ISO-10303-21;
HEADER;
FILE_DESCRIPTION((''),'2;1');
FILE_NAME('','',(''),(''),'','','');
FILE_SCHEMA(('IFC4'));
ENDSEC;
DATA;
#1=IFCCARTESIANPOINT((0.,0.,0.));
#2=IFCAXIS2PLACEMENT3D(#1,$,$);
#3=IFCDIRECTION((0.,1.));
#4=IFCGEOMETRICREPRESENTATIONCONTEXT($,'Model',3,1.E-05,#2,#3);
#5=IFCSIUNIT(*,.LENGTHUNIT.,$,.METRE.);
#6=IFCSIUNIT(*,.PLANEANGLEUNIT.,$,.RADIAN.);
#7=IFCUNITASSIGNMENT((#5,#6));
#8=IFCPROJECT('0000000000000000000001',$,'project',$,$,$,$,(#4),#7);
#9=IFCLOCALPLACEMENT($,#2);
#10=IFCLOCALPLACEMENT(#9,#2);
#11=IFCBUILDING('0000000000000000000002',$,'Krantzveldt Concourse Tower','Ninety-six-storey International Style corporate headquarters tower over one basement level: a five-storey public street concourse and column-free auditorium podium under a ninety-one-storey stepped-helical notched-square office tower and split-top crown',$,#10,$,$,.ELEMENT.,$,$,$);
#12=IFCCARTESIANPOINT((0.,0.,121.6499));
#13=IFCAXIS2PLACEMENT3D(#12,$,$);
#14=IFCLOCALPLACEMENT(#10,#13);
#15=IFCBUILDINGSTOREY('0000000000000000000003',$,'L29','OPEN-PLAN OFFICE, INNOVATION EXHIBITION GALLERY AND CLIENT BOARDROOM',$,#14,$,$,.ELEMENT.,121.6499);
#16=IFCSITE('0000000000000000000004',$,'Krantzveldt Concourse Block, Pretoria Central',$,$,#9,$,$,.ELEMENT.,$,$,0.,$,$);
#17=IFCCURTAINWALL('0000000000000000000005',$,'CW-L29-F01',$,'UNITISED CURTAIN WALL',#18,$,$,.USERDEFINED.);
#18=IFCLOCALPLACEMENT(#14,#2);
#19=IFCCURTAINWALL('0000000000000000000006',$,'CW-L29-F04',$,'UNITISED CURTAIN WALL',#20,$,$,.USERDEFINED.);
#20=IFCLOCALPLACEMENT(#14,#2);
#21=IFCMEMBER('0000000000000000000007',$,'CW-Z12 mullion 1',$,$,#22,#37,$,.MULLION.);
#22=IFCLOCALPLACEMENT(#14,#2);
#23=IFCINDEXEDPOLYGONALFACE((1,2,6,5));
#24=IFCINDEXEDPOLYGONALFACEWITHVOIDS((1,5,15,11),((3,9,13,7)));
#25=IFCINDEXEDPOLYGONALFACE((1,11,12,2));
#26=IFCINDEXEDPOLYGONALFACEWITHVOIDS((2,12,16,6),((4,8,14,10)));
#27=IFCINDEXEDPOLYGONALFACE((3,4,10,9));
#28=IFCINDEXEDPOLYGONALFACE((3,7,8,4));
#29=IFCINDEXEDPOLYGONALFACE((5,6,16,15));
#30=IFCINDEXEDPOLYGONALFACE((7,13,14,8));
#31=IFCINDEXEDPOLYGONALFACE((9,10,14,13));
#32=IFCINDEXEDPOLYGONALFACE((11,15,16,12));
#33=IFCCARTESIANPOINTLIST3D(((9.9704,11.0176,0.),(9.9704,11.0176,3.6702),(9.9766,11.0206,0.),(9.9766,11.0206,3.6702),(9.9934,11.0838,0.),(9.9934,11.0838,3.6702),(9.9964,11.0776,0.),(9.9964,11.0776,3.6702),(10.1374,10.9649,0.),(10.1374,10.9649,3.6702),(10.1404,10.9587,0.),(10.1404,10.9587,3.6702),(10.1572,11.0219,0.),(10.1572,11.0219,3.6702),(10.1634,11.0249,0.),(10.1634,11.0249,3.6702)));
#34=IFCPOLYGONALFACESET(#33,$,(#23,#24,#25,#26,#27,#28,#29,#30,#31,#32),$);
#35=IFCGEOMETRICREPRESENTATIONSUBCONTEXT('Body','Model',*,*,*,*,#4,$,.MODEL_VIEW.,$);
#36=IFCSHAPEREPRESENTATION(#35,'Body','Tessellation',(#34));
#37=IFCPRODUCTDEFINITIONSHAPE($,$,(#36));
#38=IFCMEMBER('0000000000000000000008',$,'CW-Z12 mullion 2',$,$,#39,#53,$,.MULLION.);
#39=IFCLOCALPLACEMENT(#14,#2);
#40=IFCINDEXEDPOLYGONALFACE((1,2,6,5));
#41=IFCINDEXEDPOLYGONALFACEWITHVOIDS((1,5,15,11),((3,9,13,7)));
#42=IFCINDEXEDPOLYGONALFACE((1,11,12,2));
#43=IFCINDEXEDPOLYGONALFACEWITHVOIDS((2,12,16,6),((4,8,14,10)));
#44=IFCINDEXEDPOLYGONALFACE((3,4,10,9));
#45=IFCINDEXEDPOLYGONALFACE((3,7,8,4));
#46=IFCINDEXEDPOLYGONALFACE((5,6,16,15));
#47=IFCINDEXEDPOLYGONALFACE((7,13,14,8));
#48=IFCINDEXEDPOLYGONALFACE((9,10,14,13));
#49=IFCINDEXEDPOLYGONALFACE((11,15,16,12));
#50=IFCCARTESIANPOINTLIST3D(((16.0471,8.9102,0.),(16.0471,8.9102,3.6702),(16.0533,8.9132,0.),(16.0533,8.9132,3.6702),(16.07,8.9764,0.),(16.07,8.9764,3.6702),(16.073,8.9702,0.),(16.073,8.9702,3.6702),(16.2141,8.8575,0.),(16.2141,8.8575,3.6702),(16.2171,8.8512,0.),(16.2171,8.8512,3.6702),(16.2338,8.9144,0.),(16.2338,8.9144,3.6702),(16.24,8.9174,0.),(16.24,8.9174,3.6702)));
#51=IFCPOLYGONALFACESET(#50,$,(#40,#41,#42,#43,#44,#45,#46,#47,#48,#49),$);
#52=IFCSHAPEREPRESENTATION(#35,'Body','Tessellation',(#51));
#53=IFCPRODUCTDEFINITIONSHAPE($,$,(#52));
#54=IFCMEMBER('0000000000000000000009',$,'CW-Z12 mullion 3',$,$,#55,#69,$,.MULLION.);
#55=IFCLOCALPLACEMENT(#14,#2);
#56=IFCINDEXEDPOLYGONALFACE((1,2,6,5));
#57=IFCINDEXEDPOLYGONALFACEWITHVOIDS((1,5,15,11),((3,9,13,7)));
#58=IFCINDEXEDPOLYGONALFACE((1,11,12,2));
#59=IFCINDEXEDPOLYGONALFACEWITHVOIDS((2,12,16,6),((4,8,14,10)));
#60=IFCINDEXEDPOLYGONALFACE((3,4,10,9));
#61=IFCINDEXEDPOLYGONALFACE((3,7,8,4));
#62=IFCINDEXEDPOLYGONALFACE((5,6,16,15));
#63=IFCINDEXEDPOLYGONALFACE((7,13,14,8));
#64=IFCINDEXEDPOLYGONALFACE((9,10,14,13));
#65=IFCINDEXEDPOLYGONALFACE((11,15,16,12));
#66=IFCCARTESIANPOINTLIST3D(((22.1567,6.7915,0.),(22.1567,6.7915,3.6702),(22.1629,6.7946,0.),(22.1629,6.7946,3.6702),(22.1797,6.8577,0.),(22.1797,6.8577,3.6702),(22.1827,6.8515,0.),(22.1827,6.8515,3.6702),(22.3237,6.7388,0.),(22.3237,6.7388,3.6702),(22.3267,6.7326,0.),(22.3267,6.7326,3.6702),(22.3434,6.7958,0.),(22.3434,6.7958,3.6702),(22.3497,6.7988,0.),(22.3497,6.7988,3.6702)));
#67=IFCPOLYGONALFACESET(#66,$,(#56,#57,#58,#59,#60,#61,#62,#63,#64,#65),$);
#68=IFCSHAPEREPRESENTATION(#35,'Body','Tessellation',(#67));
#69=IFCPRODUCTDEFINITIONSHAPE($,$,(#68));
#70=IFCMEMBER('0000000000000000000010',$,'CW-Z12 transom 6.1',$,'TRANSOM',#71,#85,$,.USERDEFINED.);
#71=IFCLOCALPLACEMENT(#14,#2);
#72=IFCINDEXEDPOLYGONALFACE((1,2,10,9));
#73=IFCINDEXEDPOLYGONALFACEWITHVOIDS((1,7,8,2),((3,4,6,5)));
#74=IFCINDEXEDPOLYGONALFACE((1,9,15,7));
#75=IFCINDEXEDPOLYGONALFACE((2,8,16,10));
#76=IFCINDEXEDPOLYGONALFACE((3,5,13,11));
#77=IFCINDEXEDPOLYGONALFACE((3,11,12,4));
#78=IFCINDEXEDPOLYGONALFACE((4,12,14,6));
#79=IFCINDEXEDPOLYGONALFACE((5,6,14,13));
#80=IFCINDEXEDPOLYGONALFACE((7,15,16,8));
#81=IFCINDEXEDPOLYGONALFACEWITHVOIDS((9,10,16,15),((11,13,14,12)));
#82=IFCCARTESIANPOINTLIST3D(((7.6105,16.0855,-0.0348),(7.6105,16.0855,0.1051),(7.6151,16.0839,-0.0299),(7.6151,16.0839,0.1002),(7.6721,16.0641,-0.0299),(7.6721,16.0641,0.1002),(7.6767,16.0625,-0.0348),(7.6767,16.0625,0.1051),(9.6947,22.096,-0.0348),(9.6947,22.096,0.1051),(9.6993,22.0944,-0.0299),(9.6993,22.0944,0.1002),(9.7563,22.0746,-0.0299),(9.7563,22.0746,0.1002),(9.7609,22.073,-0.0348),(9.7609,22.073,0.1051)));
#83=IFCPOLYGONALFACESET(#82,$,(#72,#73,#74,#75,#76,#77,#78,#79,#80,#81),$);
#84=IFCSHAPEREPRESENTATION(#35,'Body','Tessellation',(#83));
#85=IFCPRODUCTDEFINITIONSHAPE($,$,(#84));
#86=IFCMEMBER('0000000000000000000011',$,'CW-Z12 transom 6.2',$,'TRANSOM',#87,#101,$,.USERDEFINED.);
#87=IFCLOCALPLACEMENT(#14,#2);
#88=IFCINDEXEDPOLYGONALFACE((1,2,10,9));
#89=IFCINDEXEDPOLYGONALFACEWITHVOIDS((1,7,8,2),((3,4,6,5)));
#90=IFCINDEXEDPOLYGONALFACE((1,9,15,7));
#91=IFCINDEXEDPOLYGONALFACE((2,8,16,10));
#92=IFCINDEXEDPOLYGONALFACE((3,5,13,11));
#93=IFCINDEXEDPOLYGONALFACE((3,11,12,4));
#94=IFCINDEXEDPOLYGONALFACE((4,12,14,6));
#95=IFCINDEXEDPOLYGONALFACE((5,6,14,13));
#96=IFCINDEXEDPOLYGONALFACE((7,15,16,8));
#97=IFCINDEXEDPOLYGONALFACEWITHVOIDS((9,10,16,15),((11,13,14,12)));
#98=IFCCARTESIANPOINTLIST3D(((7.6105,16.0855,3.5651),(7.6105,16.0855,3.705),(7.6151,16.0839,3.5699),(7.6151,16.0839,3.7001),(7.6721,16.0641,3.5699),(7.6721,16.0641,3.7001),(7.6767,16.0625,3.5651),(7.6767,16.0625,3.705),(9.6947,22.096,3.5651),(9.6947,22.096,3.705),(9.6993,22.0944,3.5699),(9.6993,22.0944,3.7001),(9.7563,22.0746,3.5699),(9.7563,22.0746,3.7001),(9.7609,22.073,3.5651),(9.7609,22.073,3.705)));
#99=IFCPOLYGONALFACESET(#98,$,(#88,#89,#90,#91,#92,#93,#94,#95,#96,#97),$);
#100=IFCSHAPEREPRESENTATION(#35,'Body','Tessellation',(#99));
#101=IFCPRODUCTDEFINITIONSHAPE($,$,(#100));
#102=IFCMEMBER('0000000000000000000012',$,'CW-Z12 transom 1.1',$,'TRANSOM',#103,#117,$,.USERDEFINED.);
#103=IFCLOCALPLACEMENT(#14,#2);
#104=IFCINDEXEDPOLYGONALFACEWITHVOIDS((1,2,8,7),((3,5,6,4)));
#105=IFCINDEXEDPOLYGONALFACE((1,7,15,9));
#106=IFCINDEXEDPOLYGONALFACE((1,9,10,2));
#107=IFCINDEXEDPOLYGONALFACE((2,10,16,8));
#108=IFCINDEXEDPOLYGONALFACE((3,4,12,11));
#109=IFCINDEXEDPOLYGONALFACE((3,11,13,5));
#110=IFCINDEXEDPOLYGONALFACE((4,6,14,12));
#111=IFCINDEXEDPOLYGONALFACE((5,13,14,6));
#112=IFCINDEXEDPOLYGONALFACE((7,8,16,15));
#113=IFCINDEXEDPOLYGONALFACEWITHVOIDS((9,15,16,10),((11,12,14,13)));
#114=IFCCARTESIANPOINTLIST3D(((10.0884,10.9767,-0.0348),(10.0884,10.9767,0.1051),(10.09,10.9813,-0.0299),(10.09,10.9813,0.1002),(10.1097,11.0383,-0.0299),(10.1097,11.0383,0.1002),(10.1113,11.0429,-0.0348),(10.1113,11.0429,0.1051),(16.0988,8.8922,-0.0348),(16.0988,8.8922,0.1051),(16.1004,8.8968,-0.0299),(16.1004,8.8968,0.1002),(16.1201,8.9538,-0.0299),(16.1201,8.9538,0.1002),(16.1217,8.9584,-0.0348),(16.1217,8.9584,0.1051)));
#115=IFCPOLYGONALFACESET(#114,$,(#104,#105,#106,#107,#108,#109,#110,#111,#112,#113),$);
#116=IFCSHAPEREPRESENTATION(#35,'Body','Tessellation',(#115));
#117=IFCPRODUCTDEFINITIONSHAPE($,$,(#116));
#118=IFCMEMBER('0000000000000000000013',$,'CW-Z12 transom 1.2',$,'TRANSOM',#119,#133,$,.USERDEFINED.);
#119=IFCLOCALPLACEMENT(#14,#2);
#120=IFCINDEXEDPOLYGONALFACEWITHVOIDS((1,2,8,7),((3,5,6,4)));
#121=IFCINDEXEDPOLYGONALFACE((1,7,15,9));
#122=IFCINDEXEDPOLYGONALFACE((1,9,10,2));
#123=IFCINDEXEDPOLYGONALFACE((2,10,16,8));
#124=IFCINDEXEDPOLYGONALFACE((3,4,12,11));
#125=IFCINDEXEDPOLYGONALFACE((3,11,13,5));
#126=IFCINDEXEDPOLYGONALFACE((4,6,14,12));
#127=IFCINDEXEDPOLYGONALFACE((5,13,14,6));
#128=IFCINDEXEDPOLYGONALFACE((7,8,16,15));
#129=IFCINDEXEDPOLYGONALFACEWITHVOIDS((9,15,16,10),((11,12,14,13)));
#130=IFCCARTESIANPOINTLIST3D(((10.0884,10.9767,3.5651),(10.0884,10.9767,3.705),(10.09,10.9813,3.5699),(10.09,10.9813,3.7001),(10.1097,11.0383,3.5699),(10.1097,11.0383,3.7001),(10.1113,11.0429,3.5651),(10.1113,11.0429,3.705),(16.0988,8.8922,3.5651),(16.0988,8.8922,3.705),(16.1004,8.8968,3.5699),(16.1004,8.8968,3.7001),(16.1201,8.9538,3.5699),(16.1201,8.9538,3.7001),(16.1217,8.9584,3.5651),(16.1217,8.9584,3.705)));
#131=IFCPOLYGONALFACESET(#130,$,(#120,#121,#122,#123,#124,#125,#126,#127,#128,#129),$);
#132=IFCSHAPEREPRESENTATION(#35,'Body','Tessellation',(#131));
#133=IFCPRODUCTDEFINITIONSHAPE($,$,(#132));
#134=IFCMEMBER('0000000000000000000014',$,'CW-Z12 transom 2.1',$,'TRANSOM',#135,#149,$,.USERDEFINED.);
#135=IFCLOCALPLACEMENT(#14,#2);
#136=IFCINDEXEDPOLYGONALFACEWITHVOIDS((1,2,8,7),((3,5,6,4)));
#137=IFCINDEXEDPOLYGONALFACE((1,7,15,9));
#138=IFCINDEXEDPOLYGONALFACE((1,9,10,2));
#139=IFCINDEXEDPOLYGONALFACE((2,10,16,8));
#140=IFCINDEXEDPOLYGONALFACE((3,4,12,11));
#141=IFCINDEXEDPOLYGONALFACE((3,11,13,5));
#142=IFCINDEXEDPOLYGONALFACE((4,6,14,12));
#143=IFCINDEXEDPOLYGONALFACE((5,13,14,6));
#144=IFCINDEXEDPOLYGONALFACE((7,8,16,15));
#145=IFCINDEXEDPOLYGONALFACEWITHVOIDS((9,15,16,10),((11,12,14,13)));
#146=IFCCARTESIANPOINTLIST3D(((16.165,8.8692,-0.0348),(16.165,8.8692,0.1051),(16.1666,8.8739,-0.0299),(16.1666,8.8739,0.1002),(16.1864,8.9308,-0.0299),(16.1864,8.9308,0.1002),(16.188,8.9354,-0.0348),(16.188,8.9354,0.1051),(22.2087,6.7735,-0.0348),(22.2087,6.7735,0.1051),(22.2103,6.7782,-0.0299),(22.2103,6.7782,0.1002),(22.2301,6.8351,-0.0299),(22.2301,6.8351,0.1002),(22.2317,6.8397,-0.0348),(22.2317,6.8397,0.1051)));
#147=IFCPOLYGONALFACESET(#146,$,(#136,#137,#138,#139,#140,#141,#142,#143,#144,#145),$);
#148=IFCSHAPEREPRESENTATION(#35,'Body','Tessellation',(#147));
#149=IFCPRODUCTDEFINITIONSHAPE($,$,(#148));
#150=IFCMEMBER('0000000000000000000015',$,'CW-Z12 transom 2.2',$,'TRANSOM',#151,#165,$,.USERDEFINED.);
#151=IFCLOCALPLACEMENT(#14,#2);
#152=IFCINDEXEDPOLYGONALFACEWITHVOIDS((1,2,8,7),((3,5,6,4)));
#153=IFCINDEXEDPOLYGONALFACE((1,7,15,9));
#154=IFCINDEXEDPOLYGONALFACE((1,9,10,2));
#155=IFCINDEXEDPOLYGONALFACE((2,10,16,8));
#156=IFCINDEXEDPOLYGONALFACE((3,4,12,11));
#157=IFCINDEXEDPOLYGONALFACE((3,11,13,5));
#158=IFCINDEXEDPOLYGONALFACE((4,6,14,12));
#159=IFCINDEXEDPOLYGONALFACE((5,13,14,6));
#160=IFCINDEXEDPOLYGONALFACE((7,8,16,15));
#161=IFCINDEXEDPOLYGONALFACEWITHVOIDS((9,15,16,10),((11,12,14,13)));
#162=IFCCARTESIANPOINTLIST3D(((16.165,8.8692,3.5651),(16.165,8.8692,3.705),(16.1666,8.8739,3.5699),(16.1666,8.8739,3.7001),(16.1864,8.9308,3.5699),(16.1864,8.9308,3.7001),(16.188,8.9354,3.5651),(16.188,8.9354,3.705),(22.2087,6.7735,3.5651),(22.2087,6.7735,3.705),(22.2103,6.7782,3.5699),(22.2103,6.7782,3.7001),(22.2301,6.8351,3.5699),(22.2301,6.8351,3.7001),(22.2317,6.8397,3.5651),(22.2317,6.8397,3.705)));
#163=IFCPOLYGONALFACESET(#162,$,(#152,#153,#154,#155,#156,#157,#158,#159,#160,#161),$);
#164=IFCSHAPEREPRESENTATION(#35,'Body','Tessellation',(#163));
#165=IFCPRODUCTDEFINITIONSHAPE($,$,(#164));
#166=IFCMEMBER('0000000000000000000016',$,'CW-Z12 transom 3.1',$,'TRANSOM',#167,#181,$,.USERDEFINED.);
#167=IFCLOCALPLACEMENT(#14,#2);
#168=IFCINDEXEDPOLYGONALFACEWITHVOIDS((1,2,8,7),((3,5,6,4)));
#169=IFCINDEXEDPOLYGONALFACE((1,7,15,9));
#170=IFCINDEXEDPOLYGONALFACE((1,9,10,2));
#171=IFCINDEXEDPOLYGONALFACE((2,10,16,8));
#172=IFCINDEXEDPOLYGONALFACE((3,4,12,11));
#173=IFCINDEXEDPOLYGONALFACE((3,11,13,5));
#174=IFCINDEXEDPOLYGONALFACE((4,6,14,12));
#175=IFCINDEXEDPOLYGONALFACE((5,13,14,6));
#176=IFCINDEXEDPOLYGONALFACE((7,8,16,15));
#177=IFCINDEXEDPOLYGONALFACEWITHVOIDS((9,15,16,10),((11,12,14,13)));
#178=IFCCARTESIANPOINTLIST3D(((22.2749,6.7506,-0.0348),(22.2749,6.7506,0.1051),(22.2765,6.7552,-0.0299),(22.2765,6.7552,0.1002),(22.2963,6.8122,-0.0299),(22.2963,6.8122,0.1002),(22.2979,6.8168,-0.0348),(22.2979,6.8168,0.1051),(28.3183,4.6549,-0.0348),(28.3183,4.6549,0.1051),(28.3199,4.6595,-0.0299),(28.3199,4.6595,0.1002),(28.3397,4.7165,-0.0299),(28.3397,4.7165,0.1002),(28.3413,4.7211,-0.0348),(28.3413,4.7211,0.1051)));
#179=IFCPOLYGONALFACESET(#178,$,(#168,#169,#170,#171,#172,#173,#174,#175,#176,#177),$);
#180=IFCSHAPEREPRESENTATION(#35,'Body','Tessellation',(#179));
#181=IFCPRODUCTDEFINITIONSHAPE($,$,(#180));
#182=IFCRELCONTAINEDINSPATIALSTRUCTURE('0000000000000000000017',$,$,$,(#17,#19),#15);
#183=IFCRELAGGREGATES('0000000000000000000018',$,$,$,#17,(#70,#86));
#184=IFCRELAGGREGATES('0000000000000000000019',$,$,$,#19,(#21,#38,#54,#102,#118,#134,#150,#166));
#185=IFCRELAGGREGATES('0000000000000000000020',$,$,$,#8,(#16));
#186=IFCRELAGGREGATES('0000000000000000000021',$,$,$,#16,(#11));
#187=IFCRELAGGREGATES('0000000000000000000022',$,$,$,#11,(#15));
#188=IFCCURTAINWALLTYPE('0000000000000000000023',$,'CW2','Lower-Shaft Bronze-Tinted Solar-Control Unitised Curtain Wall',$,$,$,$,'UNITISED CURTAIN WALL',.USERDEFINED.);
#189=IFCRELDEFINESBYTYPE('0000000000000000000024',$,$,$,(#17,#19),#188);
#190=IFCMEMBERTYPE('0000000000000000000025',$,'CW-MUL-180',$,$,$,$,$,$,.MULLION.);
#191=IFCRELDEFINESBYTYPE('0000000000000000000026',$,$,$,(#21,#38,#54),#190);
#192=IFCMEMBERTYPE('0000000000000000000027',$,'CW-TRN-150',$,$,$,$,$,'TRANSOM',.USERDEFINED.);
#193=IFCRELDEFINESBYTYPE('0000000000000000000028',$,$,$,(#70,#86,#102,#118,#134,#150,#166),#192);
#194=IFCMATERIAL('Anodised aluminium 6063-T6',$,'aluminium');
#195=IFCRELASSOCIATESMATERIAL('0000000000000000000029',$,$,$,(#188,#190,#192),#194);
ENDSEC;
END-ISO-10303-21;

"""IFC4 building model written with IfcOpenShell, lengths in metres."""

from ifc_helpers import new_model, si_unit, direction, frame, origin, origin_2d, place, context, subcontext, project, spatial, hollow_rectangle, extrude, source, transform, mapped, material, material_profile, profile_set, type_object, type_shapes, element, aggregate, save


model = new_model("IFC4")

# Units and contexts
model_context = context("Model", 3, precision=1e-05, world=origin(), true_north=direction((0.0, 1.0)))
body_context = subcontext(model_context, "Body", "Model", "MODEL_VIEW")
ifc_project = project(units=[si_unit("LENGTHUNIT", "METRE"), si_unit("PLANEANGLEUNIT", "RADIAN")], contexts=[model_context])

# Site, building, storey
site_placement = place(None, origin())
site = spatial("IfcSite", under=ifc_project, at=site_placement, Name="Krantzveldt Concourse Block, Pretoria Central", CompositionType="ELEMENT", RefElevation=0.0)
building_placement = place(site_placement, origin())
building = spatial("IfcBuilding", under=site, at=building_placement, Name="Krantzveldt Concourse Tower", Description="Ninety-six-storey International Style corporate headquarters tower over one basement level: a five-storey public street concourse and column-free auditorium podium under a ninety-one-storey stepped-helical notched-square office tower and split-top crown", CompositionType="ELEMENT")
storey_placement = place(building_placement, frame((0.0, 0.0, 121.6499)))
storey = spatial("IfcBuildingStorey", under=building, at=storey_placement, Name="L29", Description="OPEN-PLAN OFFICE, INNOVATION EXHIBITION GALLERY AND CLIENT BOARDROOM", CompositionType="ELEMENT", Elevation=121.6499)

# Curtain walls, members
ifc_material_1 = material(Name="Anodised aluminium 6063-T6", Category="aluminium")
curtain_wall_type = type_object("IfcCurtainWallType", Name="CW2", Description="Lower-Shaft Bronze-Tinted Solar-Control Unitised Curtain Wall", ElementType="UNITISED CURTAIN WALL", PredefinedType="USERDEFINED", material=ifc_material_1)
curtain_wall_1_placement = place(storey_placement, origin())
curtain_wall_1 = element("IfcCurtainWall", 1, at=curtain_wall_1_placement, inside=storey, type_object=curtain_wall_type, Name="CW-L29-F01", ObjectType="UNITISED CURTAIN WALL", PredefinedType="USERDEFINED")
ifc_material_profile_1 = material_profile(ifc_material_1, hollow_rectangle(XDim=0.0701, YDim=0.1799, WallThickness=0.0049, at=origin_2d()), Name="Anodised aluminium 6063-T6", Category="aluminium")
ifc_profile_set_1 = profile_set([ifc_material_profile_1], Name="Anodised aluminium 6063-T6 - ALU-MULL 180x70x5")
member_type_1 = type_object("IfcMemberType", Name="CW-MUL-180", PredefinedType="MULLION", material=ifc_profile_set_1)
shared_shape_1 = source(origin(), body_context, "Body", "SweptSolid", [
    extrude(hollow_rectangle(XDim=0.0701, YDim=0.1799, WallThickness=0.0049, at=origin_2d()), origin(), (0.0, 0.0, 1.0), 3.6702),
])
type_shapes(member_type_1, [shared_shape_1])
curtain_wall_2_placement = place(storey_placement, origin())
curtain_wall_2 = element("IfcCurtainWall", 2, at=curtain_wall_2_placement, inside=storey, type_object=curtain_wall_type, Name="CW-L29-F04", ObjectType="UNITISED CURTAIN WALL", PredefinedType="USERDEFINED")
member_1_placement = place(storey_placement, frame((10.0669, 11.0212, 0.0), z_axis=(0.0, 0.0, 1.0), x_axis=(0.32763, 0.944806, 0.0)))
member_1 = element("IfcMember", 3, at=member_1_placement, type_object=member_type_1, Name="CW-Z12 mullion 1", PredefinedType="MULLION", context=body_context, shape_type="MappedRepresentation", body=[
    mapped(shared_shape_1, transform((0.0, 0.0, 0.0), x_axis=(1.0, 0.0, 0.0), y_axis=(0.0, 1.0, 0.0), z_axis=(0.0, 0.0, 1.0), scale=1.0)),
])
member_2_placement = place(storey_placement, frame((16.1436, 8.9138, 0.0), z_axis=(0.0, 0.0, 1.0), x_axis=(0.32763, 0.944806, 0.0)))
member_2 = element("IfcMember", 4, at=member_2_placement, type_object=member_type_1, Name="CW-Z12 mullion 2", PredefinedType="MULLION", context=body_context, shape_type="MappedRepresentation", body=[
    mapped(shared_shape_1, transform((0.0, 0.0, 0.0), x_axis=(1.0, 0.0, 0.0), y_axis=(0.0, 1.0, 0.0), z_axis=(0.0, 0.0, 1.0), scale=1.0)),
])
member_3_placement = place(storey_placement, frame((22.2532, 6.7952, 0.0), z_axis=(0.0, 0.0, 1.0), x_axis=(0.32763, 0.944806, 0.0)))
member_3 = element("IfcMember", 5, at=member_3_placement, type_object=member_type_1, Name="CW-Z12 mullion 3", PredefinedType="MULLION", context=body_context, shape_type="MappedRepresentation", body=[
    mapped(shared_shape_1, transform((0.0, 0.0, 0.0), x_axis=(1.0, 0.0, 0.0), y_axis=(0.0, 1.0, 0.0), z_axis=(0.0, 0.0, 1.0), scale=1.0)),
])

# Members
ifc_material_profile_2 = material_profile(ifc_material_1, hollow_rectangle(XDim=0.0701, YDim=0.1399, WallThickness=0.0049, at=origin_2d()), Name="Anodised aluminium 6063-T6", Category="aluminium")
ifc_profile_set_2 = profile_set([ifc_material_profile_2], Name="Anodised aluminium 6063-T6 - ALU-TRAN 140x70x5")
member_type_2 = type_object("IfcMemberType", Name="CW-TRN-150", ElementType="TRANSOM", PredefinedType="USERDEFINED", material=ifc_profile_set_2)
shared_shape_2 = source(origin(), body_context, "Body", "SweptSolid", [
    extrude(hollow_rectangle(XDim=0.0701, YDim=0.1399, WallThickness=0.0049, at=origin_2d()), origin(), (0.0, 0.0, 1.0), 6.3616),
])
member_4_placement = place(storey_placement, frame((9.7278, 22.0845, 0.0352), z_axis=(-0.327626, -0.944808, 0.0), x_axis=(0.944808, -0.327626, 0.0)))
member_4 = element("IfcMember", 6, at=member_4_placement, type_object=member_type_2, Name="CW-Z12 transom 6.1", ObjectType="TRANSOM", PredefinedType="USERDEFINED", context=body_context, shape_type="MappedRepresentation", body=[
    mapped(shared_shape_2, transform((0.0, 0.0, 0.0), x_axis=(1.0, 0.0, 0.0), y_axis=(0.0, 1.0, 0.0), z_axis=(0.0, 0.0, 1.0), scale=1.0)),
])
member_5_placement = place(storey_placement, frame((9.7278, 22.0845, 3.635), z_axis=(-0.327626, -0.944808, 0.0), x_axis=(0.944808, -0.327626, 0.0)))
member_5 = element("IfcMember", 7, at=member_5_placement, type_object=member_type_2, Name="CW-Z12 transom 6.2", ObjectType="TRANSOM", PredefinedType="USERDEFINED", context=body_context, shape_type="MappedRepresentation", body=[
    mapped(shared_shape_2, transform((0.0, 0.0, 0.0), x_axis=(1.0, 0.0, 0.0), y_axis=(0.0, 1.0, 0.0), z_axis=(0.0, 0.0, 1.0), scale=1.0)),
])
member_6_placement = place(storey_placement, frame((10.0999, 11.0098, 0.0352), z_axis=(0.944796, -0.32766, 0.0), x_axis=(0.32766, 0.944796, 0.0)))
member_6 = element("IfcMember", 8, at=member_6_placement, type_object=member_type_2, Name="CW-Z12 transom 1.1", ObjectType="TRANSOM", PredefinedType="USERDEFINED", context=body_context, shape_type="MappedRepresentation", body=[
    mapped(shared_shape_2, transform((0.0, 0.0, 0.0), x_axis=(1.0, 0.0, 0.0), y_axis=(0.0, 1.0, 0.0), z_axis=(0.0, 0.0, 1.0), scale=1.0)),
])
member_7_placement = place(storey_placement, frame((10.0999, 11.0098, 3.635), z_axis=(0.944796, -0.32766, 0.0), x_axis=(0.32766, 0.944796, 0.0)))
member_7 = element("IfcMember", 9, at=member_7_placement, type_object=member_type_2, Name="CW-Z12 transom 1.2", ObjectType="TRANSOM", PredefinedType="USERDEFINED", context=body_context, shape_type="MappedRepresentation", body=[
    mapped(shared_shape_2, transform((0.0, 0.0, 0.0), x_axis=(1.0, 0.0, 0.0), y_axis=(0.0, 1.0, 0.0), z_axis=(0.0, 0.0, 1.0), scale=1.0)),
])
shared_shape_3 = source(origin(), body_context, "Body", "SweptSolid", [
    extrude(hollow_rectangle(XDim=0.0701, YDim=0.1399, WallThickness=0.0049, at=origin_2d()), origin(), (0.0, 0.0, 1.0), 6.3967),
])
member_8_placement = place(storey_placement, frame((16.1765, 8.9023, 0.0352), z_axis=(0.944809, -0.32762, 0.0), x_axis=(0.32762, 0.944809, 0.0)))
member_8 = element("IfcMember", 10, at=member_8_placement, type_object=member_type_2, Name="CW-Z12 transom 2.1", ObjectType="TRANSOM", PredefinedType="USERDEFINED", context=body_context, shape_type="MappedRepresentation", body=[
    mapped(shared_shape_3, transform((0.0, 0.0, 0.0), x_axis=(1.0, 0.0, 0.0), y_axis=(0.0, 1.0, 0.0), z_axis=(0.0, 0.0, 1.0), scale=1.0)),
])
member_9_placement = place(storey_placement, frame((16.1765, 8.9023, 3.635), z_axis=(0.944809, -0.32762, 0.0), x_axis=(0.32762, 0.944809, 0.0)))
member_9 = element("IfcMember", 11, at=member_9_placement, type_object=member_type_2, Name="CW-Z12 transom 2.2", ObjectType="TRANSOM", PredefinedType="USERDEFINED", context=body_context, shape_type="MappedRepresentation", body=[
    mapped(shared_shape_3, transform((0.0, 0.0, 0.0), x_axis=(1.0, 0.0, 0.0), y_axis=(0.0, 1.0, 0.0), z_axis=(0.0, 0.0, 1.0), scale=1.0)),
])
shared_shape_4 = source(origin(), body_context, "Body", "SweptSolid", [
    extrude(hollow_rectangle(XDim=0.0701, YDim=0.1399, WallThickness=0.0049, at=origin_2d()), origin(), (0.0, 0.0, 1.0), 6.3965),
])
type_shapes(member_type_2, [shared_shape_2, shared_shape_3, shared_shape_4])
member_10_placement = place(storey_placement, frame((22.2864, 6.7837, 0.0352), z_axis=(0.944805, -0.327632, 0.0), x_axis=(0.327632, 0.944805, 0.0)))
member_10 = element("IfcMember", 12, at=member_10_placement, type_object=member_type_2, Name="CW-Z12 transom 3.1", ObjectType="TRANSOM", PredefinedType="USERDEFINED", context=body_context, shape_type="MappedRepresentation", body=[
    mapped(shared_shape_4, transform((0.0, 0.0, 0.0), x_axis=(1.0, 0.0, 0.0), y_axis=(0.0, 1.0, 0.0), z_axis=(0.0, 0.0, 1.0), scale=1.0)),
])

aggregate(curtain_wall_1, [member_4, member_5])
aggregate(curtain_wall_2, [member_1, member_2, member_3, member_6, member_7, member_8, member_9, member_10])

save(model, "model.ifc")
